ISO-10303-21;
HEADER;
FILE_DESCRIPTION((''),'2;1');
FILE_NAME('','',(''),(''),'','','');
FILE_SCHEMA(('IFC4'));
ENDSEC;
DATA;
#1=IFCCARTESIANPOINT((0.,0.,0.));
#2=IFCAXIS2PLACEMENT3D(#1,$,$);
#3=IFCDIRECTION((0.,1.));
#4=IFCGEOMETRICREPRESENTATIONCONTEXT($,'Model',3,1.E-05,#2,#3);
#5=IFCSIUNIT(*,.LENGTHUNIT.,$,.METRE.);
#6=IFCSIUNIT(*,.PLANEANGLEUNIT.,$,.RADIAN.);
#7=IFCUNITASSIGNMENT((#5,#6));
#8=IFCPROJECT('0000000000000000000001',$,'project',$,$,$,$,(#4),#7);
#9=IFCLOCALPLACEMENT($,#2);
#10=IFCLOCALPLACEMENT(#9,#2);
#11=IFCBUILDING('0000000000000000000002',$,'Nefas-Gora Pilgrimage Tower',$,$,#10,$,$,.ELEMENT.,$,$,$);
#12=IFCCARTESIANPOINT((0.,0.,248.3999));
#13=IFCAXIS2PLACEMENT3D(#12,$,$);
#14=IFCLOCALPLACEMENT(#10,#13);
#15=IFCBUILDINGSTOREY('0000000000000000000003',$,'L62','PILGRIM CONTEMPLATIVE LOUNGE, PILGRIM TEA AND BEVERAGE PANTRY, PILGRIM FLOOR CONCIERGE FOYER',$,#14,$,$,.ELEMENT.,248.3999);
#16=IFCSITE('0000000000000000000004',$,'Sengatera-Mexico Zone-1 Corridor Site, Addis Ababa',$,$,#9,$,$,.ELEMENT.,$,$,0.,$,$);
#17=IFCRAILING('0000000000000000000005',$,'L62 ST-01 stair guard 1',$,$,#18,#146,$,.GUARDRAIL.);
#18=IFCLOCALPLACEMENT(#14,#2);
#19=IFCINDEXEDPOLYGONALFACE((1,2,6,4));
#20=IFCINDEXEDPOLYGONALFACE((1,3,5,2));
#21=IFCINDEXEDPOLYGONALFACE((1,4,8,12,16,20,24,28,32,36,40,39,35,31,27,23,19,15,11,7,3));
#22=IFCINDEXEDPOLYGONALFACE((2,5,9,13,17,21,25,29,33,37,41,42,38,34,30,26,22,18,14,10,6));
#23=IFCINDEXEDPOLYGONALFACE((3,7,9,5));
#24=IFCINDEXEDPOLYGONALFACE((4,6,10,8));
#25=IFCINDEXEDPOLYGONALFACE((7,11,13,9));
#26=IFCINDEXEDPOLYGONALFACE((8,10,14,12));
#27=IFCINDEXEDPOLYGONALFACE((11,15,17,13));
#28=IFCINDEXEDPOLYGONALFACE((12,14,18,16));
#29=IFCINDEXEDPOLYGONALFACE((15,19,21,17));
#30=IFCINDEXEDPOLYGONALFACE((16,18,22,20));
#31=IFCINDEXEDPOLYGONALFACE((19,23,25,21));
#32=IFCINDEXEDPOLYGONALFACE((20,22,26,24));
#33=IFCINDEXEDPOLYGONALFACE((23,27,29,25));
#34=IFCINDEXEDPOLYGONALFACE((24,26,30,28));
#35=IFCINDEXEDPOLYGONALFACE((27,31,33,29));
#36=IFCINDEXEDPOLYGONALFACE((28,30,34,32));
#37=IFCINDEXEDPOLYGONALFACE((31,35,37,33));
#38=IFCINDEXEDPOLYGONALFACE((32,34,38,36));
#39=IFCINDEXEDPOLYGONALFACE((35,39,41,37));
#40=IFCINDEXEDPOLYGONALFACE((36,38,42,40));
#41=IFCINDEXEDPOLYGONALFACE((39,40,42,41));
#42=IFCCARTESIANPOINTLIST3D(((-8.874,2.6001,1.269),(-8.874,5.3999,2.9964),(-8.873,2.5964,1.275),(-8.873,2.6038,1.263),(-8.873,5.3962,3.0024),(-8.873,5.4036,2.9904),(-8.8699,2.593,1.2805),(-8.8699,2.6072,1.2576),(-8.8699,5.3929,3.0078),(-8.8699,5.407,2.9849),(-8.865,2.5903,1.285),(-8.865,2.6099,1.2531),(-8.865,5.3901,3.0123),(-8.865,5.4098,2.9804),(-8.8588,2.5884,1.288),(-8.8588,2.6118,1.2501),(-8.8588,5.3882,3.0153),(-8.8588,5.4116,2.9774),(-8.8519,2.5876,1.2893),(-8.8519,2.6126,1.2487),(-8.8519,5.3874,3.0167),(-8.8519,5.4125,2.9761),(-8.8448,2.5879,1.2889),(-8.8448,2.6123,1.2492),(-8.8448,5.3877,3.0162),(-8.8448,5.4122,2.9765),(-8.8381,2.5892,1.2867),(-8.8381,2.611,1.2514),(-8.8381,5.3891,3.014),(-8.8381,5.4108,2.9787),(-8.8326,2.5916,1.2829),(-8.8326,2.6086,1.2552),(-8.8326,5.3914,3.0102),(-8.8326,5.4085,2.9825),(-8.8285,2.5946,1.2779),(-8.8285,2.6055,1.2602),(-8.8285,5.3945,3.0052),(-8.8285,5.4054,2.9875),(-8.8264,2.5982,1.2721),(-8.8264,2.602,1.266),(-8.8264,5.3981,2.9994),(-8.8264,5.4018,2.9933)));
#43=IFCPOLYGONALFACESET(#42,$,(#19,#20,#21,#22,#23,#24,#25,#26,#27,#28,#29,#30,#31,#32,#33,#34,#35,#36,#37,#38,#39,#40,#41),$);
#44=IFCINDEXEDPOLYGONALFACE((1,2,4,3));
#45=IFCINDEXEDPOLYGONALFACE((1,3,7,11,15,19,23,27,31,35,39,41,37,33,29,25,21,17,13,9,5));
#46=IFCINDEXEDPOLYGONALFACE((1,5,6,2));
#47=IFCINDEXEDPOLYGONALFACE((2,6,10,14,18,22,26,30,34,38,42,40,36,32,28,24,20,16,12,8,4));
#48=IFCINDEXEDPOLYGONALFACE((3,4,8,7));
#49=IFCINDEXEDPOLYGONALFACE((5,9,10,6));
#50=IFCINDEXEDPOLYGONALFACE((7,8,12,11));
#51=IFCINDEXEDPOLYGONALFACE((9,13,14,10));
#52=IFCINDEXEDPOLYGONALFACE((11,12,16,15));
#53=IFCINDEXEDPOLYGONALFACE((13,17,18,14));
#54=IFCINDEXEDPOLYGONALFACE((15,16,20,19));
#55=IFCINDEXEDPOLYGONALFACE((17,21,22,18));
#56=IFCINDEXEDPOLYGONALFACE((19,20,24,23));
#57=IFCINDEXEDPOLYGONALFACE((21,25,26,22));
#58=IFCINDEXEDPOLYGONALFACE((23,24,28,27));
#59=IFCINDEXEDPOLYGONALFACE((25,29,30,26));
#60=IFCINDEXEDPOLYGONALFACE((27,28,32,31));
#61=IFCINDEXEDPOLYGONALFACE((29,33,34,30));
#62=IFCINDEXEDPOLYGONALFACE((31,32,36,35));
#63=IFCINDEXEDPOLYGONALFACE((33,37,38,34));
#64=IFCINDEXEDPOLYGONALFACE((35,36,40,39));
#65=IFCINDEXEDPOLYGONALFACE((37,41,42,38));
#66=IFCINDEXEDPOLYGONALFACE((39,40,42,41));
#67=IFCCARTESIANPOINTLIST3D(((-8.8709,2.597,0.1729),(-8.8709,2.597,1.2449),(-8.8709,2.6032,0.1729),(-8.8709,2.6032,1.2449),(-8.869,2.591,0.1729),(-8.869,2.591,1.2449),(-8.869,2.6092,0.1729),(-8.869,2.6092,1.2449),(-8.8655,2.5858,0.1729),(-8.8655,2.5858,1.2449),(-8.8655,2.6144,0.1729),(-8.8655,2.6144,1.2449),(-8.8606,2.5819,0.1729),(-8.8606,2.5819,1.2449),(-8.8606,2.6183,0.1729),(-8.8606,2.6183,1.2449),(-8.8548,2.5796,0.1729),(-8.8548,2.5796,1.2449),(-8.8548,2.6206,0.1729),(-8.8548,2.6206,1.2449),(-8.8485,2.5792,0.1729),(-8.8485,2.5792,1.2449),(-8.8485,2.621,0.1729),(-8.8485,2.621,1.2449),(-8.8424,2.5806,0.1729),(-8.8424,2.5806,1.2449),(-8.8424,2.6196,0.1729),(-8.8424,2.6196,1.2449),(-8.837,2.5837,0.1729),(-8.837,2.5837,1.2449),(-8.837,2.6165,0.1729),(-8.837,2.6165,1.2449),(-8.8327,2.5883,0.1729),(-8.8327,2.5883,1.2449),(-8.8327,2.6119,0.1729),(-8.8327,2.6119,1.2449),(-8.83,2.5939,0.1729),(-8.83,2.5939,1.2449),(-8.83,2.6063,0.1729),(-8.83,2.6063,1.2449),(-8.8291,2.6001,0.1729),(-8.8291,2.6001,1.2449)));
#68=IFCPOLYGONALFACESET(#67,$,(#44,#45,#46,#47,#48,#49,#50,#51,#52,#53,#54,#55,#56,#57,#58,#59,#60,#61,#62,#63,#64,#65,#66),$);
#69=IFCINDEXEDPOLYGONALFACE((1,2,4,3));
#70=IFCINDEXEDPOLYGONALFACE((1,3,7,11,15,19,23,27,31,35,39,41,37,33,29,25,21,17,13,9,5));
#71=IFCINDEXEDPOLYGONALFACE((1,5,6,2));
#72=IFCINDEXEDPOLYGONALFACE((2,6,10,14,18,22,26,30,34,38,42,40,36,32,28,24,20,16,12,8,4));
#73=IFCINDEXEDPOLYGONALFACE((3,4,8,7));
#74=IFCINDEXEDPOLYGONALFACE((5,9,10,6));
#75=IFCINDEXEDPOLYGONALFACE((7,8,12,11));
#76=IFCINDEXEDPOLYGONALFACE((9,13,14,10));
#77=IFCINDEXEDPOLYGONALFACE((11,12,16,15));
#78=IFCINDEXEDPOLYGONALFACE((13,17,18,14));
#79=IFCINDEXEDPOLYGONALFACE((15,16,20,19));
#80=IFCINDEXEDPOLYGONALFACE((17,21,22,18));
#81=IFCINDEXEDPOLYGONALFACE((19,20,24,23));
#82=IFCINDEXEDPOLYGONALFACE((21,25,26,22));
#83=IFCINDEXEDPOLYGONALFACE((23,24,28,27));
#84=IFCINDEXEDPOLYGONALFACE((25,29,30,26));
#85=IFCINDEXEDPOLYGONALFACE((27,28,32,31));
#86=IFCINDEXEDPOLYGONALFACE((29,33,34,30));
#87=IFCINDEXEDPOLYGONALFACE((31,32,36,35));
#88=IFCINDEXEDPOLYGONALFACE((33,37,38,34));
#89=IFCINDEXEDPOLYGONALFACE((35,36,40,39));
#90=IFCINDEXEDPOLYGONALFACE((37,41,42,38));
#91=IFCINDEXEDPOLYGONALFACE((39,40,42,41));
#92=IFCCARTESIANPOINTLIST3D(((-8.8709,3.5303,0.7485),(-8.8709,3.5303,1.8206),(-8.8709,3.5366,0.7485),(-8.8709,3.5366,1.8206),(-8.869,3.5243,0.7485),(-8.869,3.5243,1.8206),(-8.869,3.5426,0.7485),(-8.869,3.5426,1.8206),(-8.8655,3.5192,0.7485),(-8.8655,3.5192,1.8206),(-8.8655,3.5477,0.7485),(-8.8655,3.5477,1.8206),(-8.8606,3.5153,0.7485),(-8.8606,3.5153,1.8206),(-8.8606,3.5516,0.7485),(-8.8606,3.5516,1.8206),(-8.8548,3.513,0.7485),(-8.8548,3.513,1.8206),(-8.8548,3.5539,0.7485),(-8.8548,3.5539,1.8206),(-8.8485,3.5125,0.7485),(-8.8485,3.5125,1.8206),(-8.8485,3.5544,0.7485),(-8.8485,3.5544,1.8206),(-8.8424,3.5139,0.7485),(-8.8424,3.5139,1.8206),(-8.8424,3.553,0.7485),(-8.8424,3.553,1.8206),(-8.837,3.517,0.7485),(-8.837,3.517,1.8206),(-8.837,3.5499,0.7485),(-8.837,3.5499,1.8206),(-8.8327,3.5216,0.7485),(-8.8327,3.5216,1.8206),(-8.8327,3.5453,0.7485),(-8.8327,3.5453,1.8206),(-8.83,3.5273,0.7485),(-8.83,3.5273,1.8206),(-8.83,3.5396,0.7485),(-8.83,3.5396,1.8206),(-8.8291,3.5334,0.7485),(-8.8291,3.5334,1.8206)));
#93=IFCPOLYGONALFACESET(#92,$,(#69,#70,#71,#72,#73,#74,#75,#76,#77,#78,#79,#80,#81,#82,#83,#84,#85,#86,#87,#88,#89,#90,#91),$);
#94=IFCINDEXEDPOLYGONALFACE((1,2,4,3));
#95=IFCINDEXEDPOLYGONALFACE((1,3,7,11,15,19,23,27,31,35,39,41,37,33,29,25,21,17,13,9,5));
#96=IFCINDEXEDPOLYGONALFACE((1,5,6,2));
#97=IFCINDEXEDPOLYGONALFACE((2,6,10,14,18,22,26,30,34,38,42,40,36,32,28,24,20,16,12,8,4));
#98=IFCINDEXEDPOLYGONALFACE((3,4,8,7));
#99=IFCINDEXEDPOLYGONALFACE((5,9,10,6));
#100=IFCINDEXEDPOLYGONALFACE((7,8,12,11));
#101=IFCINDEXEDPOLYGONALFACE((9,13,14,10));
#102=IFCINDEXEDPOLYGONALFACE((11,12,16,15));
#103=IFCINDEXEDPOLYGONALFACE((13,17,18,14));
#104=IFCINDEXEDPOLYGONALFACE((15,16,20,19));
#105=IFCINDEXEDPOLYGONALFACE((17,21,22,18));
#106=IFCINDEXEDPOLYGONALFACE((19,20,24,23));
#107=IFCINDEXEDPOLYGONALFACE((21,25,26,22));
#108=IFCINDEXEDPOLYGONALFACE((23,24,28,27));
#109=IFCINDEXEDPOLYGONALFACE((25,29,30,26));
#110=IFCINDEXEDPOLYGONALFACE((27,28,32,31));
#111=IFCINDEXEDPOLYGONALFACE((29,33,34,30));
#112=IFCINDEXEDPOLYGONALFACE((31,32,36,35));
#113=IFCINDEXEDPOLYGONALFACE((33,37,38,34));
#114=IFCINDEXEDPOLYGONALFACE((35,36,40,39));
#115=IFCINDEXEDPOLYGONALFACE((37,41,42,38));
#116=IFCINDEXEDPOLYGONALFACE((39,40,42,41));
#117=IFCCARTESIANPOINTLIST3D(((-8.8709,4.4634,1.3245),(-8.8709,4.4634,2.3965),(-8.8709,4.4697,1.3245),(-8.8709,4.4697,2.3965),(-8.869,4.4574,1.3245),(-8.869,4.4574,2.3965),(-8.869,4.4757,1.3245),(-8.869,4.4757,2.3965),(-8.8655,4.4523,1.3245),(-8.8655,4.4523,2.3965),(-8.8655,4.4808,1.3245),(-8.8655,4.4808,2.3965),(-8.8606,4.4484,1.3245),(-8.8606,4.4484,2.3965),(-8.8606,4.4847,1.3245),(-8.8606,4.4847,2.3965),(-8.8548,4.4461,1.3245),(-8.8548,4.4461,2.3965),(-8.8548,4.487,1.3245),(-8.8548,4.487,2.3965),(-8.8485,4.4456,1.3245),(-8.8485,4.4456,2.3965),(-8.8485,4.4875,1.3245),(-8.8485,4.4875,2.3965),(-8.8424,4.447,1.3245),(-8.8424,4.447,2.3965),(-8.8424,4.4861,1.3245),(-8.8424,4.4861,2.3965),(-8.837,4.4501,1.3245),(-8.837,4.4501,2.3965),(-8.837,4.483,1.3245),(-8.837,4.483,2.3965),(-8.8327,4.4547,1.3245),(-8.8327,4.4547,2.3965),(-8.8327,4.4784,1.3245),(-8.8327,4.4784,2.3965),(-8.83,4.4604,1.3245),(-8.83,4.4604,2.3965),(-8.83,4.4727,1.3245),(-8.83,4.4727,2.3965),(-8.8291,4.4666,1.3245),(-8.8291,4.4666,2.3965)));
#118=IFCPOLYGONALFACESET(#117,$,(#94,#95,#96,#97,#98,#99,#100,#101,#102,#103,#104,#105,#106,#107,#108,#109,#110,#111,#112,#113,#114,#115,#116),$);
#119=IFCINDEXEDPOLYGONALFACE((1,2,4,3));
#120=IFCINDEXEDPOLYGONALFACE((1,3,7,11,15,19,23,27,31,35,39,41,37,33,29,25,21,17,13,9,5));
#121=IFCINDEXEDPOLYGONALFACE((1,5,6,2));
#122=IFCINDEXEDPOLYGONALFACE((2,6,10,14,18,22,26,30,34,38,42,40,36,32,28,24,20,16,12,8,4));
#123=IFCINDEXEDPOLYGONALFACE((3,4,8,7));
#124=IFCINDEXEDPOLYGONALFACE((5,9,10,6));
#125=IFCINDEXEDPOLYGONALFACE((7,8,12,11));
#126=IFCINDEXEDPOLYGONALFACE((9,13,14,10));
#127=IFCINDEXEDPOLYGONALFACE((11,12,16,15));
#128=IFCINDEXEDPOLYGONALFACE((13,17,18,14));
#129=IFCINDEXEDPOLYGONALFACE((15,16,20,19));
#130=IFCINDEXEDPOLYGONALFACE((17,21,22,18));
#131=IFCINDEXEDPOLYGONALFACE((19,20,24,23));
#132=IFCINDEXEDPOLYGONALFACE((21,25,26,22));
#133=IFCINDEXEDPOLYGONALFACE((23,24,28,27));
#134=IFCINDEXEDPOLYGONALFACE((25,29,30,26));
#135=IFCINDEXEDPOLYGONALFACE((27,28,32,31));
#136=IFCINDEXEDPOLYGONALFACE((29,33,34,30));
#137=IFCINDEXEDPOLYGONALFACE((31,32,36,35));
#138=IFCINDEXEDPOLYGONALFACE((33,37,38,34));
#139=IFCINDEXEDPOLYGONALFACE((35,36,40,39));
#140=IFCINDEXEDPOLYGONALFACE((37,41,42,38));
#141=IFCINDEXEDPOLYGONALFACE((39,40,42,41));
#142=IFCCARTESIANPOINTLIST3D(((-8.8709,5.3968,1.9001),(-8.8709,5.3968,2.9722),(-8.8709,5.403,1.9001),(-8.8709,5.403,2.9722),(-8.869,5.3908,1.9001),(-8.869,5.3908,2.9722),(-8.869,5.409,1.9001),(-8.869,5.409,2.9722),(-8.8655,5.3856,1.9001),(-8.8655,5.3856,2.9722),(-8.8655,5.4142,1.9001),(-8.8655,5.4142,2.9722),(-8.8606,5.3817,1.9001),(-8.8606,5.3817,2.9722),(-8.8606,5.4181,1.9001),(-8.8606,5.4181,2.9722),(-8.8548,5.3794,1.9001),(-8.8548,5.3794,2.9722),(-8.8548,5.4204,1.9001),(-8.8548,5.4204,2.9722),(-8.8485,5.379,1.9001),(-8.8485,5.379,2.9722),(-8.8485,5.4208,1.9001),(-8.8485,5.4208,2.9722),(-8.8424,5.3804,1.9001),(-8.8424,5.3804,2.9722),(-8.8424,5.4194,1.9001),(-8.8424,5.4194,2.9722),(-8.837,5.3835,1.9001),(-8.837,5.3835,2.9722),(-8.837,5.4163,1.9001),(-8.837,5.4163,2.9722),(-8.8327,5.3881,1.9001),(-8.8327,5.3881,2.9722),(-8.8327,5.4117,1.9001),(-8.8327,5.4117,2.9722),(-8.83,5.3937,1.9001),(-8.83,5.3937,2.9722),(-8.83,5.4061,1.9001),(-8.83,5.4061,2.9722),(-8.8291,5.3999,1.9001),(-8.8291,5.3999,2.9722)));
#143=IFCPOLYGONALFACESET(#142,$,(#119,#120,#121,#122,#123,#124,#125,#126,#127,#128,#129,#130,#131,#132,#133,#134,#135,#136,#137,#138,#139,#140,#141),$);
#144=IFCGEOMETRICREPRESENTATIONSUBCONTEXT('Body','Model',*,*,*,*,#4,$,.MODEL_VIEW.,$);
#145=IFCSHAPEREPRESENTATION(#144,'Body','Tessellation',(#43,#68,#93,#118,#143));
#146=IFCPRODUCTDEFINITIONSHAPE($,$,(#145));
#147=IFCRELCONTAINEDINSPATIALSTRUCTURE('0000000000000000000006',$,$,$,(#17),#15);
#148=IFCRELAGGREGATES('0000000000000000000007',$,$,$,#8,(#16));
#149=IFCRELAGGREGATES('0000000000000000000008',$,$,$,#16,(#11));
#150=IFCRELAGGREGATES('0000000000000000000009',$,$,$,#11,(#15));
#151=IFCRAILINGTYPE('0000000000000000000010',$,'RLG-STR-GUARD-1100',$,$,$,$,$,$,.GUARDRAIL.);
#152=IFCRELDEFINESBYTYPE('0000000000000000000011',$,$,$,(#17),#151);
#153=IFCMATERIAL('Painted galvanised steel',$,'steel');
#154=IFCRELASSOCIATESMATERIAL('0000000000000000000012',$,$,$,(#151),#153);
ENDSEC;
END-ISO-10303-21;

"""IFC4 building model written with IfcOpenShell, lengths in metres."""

from ifc_helpers import new_model, si_unit, direction, frame, origin, origin_2d, place, context, subcontext, project, spatial, circle, extrude, material, type_object, element, save


model = new_model("IFC4")

# Units and contexts
model_context = context("Model", 3, precision=1e-05, world=origin(), true_north=direction((0.0, 1.0)))
body_context = subcontext(model_context, "Body", "Model", "MODEL_VIEW")
ifc_project = project(units=[si_unit("LENGTHUNIT", "METRE"), si_unit("PLANEANGLEUNIT", "RADIAN")], contexts=[model_context])

# Site, building, storey
site_placement = place(None, origin())
site = spatial("IfcSite", under=ifc_project, at=site_placement, Name="Sengatera-Mexico Zone-1 Corridor Site, Addis Ababa", CompositionType="ELEMENT", RefElevation=0.0)
building_placement = place(site_placement, origin())
building = spatial("IfcBuilding", under=site, at=building_placement, Name="Nefas-Gora Pilgrimage Tower", CompositionType="ELEMENT")
storey_placement = place(building_placement, frame((0.0, 0.0, 248.3999)))
storey = spatial("IfcBuildingStorey", under=building, at=storey_placement, Name="L62", Description="PILGRIM CONTEMPLATIVE LOUNGE, PILGRIM TEA AND BEVERAGE PANTRY, PILGRIM FLOOR CONCIERGE FOYER", CompositionType="ELEMENT", Elevation=248.3999)

# Railing
ifc_material_1 = material(Name="Painted galvanised steel", Category="steel")
railing_type_1 = type_object("IfcRailingType", Name="RLG-STR-GUARD-1100", PredefinedType="GUARDRAIL", material=ifc_material_1)
railing_1_placement = place(storey_placement, frame((-8.8501, 2.6001, 0.1729)))
element("IfcRailing", 1, at=railing_1_placement, inside=storey, type_object=railing_type_1, Name="L62 ST-01 stair guard 1", PredefinedType="GUARDRAIL", context=body_context, shape_type="SweptSolid", body=[
    extrude(circle(Radius=0.0239, at=origin_2d()), frame((0.0, 0.0, 1.0962), z_axis=(0.0, 0.851069, 0.525054), x_axis=(-1.0, 0.0, 0.0)), (0.0, 0.0, 1.0), 3.2898),
    extrude(circle(Radius=0.021, at=origin_2d()), origin(), (0.0, 0.0, 1.0), 1.072),
    extrude(circle(Radius=0.021, at=origin_2d()), frame((0.0, 0.9333, 0.5757)), (0.0, 0.0, 1.0), 1.072),
    extrude(circle(Radius=0.021, at=origin_2d()), frame((0.0, 1.8665, 1.1516)), (0.0, 0.0, 1.0), 1.072),
    extrude(circle(Radius=0.021, at=origin_2d()), frame((0.0, 2.7998, 1.7273)), (0.0, 0.0, 1.0), 1.072),
])

save(model, "model.ifc")
